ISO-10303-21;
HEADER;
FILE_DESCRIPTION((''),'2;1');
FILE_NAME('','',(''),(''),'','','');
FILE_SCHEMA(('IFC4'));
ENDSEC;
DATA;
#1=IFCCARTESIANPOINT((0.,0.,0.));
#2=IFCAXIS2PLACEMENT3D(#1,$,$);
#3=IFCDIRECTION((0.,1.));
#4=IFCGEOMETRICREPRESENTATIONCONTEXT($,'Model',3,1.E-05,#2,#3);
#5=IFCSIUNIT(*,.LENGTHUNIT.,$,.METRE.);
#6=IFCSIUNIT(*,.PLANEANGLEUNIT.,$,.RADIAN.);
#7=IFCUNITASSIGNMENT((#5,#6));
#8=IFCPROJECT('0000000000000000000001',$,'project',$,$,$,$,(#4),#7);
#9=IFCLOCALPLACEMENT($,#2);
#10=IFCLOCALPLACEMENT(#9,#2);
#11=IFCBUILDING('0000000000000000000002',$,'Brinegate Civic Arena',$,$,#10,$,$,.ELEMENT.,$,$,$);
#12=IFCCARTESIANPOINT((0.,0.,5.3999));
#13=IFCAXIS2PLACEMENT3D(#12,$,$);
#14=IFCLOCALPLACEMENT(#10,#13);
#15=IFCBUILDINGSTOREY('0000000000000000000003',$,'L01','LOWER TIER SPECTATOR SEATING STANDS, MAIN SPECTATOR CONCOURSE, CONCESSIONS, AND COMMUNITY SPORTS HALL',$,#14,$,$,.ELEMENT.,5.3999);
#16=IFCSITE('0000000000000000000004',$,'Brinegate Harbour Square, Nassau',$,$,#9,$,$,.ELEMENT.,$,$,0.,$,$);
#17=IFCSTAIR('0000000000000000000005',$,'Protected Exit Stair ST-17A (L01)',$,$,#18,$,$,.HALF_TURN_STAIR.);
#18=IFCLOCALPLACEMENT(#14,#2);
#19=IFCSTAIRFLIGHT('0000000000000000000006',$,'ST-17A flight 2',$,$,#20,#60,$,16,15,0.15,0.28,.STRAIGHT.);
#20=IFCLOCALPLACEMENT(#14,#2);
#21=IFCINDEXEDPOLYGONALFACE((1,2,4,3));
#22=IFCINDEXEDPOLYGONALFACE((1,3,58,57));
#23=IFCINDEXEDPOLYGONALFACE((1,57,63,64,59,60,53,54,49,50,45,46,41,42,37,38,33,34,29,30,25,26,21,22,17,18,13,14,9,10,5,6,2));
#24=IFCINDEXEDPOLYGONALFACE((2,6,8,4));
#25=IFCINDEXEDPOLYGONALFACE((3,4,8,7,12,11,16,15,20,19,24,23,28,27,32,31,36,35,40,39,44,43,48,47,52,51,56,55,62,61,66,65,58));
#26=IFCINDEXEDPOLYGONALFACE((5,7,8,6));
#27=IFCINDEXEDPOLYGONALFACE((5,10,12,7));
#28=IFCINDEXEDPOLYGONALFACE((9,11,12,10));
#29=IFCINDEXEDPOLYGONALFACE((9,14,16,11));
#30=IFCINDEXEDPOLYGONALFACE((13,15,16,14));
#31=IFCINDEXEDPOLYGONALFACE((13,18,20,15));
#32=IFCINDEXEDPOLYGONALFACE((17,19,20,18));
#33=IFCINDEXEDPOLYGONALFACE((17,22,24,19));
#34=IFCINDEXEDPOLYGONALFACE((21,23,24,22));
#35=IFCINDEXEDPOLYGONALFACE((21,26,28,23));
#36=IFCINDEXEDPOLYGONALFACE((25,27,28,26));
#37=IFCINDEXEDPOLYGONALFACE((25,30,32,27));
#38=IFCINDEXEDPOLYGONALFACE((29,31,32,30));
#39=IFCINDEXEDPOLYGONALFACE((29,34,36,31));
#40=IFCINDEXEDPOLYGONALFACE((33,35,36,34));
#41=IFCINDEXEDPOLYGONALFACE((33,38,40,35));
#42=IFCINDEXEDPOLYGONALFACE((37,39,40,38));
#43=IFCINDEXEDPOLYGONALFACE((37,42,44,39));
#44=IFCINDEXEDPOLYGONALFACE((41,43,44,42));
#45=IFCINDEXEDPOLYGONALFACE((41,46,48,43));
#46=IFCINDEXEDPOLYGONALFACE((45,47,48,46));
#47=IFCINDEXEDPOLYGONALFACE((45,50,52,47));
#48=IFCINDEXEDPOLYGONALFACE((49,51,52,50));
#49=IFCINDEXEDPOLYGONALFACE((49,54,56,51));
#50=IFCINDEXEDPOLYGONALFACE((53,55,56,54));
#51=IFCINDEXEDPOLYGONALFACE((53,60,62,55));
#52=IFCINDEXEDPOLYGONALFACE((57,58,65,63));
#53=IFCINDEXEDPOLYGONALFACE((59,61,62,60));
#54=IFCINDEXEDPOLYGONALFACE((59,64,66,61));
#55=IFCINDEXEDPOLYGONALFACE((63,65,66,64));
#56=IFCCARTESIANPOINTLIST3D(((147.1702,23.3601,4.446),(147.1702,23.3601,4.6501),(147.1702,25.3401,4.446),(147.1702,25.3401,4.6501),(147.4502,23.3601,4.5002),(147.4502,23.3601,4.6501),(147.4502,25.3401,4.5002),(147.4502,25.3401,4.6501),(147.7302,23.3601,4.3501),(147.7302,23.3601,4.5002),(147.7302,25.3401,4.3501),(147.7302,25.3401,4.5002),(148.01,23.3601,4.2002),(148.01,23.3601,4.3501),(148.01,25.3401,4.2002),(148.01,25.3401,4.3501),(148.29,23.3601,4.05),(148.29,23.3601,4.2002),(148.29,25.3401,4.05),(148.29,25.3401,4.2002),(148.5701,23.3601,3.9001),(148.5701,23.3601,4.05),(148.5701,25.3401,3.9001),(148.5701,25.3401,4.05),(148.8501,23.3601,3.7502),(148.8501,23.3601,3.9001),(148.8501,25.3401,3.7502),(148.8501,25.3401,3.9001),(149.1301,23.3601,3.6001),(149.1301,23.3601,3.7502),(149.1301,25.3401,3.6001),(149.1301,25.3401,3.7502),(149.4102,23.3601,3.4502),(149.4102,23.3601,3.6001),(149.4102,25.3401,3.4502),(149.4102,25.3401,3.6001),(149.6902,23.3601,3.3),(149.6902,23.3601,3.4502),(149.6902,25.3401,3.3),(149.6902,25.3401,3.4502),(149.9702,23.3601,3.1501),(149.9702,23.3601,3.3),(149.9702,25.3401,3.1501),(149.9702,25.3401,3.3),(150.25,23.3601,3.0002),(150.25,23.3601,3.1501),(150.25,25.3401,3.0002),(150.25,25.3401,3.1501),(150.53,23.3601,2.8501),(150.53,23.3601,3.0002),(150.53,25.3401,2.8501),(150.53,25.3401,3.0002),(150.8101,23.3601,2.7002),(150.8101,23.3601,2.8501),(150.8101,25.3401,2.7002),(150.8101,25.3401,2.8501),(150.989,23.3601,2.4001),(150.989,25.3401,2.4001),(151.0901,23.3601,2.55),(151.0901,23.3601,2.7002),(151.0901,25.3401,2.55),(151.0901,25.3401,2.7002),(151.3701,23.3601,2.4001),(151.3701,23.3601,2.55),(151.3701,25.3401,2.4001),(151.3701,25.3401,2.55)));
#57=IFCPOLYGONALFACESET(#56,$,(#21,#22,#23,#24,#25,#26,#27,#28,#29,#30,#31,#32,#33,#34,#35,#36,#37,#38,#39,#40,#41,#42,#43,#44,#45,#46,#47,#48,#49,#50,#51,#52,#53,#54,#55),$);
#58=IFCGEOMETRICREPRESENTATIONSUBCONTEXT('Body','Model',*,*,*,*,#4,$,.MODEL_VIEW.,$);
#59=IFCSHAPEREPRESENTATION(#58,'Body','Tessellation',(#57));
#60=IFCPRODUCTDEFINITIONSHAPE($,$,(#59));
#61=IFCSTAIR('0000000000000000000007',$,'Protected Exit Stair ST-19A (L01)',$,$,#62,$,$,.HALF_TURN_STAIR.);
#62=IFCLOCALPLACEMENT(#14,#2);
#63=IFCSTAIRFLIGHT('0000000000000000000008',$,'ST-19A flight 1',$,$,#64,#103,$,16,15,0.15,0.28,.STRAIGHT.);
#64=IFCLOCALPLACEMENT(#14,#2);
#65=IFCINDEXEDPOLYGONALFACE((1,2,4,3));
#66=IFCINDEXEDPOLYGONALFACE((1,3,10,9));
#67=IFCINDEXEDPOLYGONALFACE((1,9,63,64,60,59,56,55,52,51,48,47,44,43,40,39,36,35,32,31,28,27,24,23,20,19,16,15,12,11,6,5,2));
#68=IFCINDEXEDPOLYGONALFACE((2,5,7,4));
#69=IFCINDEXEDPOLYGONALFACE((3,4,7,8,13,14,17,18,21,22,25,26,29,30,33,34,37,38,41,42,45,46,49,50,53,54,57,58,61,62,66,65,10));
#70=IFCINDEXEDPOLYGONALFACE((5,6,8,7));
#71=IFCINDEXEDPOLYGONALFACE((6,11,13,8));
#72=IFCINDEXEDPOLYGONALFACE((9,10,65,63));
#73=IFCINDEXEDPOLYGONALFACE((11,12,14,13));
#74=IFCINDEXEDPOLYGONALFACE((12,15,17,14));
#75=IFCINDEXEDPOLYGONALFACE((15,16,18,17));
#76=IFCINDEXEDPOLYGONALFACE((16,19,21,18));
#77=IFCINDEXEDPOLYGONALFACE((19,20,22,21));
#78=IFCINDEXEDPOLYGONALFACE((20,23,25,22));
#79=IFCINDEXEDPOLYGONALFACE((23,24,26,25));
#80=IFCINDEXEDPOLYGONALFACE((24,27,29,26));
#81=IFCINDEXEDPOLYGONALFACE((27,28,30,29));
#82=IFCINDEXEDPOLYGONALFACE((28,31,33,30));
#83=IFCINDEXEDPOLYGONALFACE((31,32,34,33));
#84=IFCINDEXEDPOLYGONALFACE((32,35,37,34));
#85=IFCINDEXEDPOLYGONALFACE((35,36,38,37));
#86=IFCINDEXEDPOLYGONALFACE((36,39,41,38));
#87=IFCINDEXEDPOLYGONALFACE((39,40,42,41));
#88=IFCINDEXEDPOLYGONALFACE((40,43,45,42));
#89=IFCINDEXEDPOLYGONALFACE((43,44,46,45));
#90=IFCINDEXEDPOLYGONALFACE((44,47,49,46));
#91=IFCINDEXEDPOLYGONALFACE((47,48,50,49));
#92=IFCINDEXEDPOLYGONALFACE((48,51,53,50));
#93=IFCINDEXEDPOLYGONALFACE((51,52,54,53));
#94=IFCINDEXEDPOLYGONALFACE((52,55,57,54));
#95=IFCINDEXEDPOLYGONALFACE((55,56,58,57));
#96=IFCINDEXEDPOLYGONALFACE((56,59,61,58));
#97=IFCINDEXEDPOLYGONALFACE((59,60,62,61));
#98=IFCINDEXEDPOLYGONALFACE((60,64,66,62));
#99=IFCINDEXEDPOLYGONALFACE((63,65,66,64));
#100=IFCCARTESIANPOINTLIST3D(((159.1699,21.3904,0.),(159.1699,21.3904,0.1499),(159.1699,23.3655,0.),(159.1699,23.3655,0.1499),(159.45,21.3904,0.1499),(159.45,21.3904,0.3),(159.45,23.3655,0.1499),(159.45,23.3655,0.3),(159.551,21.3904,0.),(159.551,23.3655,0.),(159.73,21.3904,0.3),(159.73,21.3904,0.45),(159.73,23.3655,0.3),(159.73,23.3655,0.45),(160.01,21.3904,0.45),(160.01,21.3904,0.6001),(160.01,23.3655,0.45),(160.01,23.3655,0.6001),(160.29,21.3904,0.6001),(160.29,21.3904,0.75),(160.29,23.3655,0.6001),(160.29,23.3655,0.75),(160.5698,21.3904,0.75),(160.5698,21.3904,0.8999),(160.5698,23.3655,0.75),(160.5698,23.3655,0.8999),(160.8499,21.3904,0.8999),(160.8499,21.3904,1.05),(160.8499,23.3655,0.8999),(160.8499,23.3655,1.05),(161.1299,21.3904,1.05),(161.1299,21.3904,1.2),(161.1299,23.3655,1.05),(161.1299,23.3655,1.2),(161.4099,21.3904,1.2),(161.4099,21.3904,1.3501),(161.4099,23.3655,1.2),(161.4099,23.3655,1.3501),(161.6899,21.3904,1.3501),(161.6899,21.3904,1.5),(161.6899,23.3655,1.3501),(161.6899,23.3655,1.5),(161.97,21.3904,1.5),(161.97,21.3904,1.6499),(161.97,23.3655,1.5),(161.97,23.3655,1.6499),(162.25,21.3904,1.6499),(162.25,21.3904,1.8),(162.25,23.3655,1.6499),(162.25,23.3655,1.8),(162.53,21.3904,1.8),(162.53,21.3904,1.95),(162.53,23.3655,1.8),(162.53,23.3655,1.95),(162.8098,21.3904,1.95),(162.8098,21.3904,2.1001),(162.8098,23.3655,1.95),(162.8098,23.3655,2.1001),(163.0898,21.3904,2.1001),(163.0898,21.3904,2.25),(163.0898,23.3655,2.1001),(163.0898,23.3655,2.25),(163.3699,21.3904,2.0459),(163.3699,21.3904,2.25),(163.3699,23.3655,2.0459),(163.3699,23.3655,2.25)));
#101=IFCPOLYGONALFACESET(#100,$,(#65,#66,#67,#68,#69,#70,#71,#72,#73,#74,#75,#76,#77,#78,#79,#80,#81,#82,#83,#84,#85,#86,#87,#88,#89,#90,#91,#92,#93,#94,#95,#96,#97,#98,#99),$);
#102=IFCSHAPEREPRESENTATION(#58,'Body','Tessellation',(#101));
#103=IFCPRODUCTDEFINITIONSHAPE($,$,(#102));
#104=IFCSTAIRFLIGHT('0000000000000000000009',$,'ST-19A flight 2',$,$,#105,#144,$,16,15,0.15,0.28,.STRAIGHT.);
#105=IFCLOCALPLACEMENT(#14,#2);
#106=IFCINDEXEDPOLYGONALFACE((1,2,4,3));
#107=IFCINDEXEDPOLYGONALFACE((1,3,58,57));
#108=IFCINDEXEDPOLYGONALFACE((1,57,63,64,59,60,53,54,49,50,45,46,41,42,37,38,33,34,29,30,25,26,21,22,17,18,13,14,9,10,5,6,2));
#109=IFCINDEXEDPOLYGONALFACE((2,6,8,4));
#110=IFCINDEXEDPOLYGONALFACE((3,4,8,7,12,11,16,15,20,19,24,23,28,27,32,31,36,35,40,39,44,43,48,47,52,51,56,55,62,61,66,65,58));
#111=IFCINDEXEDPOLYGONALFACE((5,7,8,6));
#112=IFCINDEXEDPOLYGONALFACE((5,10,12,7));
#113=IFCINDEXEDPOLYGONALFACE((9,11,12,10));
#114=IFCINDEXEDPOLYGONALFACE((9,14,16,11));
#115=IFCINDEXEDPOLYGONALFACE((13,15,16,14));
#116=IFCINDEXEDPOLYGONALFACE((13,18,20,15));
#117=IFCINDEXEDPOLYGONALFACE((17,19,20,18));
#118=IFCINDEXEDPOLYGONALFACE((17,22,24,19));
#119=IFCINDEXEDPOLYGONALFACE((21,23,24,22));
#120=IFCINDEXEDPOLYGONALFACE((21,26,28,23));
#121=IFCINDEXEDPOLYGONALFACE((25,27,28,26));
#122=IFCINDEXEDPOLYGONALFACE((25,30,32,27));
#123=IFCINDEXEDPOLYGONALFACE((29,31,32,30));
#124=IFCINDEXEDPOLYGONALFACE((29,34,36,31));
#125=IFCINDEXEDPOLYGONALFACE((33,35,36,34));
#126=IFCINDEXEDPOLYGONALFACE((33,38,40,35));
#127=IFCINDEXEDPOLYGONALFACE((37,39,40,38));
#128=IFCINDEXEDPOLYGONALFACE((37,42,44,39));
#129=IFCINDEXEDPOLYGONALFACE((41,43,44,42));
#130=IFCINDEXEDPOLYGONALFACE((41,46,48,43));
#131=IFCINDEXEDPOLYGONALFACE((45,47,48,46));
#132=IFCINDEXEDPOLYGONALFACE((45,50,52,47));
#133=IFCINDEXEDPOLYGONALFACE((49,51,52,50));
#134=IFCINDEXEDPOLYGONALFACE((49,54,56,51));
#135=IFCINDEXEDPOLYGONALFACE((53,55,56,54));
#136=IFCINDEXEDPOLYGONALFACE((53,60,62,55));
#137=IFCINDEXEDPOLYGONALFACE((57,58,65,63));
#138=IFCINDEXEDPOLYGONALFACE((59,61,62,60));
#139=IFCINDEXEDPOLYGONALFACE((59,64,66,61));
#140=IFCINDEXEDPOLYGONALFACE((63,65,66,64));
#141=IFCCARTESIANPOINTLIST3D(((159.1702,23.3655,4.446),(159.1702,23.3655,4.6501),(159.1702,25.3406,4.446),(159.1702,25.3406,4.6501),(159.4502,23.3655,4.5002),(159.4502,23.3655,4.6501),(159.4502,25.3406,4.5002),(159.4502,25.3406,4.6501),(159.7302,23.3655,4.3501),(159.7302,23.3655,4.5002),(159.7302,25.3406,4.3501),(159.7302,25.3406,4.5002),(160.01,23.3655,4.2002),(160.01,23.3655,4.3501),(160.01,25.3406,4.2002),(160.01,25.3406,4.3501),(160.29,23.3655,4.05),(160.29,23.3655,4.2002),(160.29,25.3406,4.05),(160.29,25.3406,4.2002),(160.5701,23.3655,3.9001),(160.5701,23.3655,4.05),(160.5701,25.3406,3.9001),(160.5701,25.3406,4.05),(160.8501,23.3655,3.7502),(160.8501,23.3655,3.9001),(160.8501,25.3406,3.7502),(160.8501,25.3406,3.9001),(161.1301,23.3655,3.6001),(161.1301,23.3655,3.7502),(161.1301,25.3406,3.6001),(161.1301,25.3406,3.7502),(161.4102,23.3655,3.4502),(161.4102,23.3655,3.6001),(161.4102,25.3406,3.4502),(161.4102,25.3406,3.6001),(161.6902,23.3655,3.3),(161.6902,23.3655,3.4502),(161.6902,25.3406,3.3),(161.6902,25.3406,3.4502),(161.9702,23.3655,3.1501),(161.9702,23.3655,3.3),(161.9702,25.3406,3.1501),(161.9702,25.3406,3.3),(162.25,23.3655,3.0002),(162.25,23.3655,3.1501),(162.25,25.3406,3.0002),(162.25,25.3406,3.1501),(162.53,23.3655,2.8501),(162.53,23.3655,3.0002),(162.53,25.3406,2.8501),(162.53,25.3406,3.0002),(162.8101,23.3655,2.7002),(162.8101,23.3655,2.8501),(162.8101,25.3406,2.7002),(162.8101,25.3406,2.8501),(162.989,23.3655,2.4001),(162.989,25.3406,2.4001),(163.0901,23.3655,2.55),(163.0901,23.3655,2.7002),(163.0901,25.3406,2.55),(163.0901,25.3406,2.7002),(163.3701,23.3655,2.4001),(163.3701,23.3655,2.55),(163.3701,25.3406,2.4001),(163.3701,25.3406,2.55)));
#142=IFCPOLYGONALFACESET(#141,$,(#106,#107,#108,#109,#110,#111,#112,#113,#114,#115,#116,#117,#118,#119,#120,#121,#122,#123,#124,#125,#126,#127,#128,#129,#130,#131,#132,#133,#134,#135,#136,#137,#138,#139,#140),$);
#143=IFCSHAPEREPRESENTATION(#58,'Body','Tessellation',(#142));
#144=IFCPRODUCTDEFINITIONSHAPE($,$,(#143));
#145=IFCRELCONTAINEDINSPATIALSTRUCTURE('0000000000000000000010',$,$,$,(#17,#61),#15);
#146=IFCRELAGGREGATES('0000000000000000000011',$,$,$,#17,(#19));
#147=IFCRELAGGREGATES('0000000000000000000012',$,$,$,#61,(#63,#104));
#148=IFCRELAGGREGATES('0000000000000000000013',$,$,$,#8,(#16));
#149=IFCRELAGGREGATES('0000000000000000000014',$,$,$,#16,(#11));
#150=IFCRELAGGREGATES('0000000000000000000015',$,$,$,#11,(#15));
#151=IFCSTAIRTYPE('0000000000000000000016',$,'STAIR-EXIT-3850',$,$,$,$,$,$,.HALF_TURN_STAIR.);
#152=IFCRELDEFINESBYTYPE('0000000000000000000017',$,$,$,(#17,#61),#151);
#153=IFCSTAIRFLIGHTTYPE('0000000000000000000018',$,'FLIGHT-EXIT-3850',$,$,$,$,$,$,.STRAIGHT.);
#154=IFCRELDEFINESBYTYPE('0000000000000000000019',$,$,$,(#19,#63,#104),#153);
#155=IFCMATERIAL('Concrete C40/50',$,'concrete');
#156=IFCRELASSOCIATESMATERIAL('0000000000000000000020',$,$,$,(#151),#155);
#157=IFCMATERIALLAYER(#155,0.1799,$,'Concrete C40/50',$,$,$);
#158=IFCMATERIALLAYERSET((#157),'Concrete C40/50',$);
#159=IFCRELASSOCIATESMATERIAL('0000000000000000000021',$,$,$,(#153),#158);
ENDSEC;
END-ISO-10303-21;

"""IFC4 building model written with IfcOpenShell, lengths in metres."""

from ifc_helpers import new_model, si_unit, direction, frame, origin, place, context, subcontext, project, spatial, polyline, outline, extrude, material, layer, layer_set, type_object, element, aggregate, save


model = new_model("IFC4")

# Units and contexts
model_context = context("Model", 3, precision=1e-05, world=origin(), true_north=direction((0.0, 1.0)))
body_context = subcontext(model_context, "Body", "Model", "MODEL_VIEW")
ifc_project = project(units=[si_unit("LENGTHUNIT", "METRE"), si_unit("PLANEANGLEUNIT", "RADIAN")], contexts=[model_context])

# Site, building, storey
site_placement = place(None, origin())
site = spatial("IfcSite", under=ifc_project, at=site_placement, Name="Brinegate Harbour Square, Nassau", CompositionType="ELEMENT", RefElevation=0.0)
building_placement = place(site_placement, origin())
building = spatial("IfcBuilding", under=site, at=building_placement, Name="Brinegate Civic Arena", CompositionType="ELEMENT")
storey_placement = place(building_placement, frame((0.0, 0.0, 5.3999)))
storey = spatial("IfcBuildingStorey", under=building, at=storey_placement, Name="L01", Description="LOWER TIER SPECTATOR SEATING STANDS, MAIN SPECTATOR CONCOURSE, CONCESSIONS, AND COMMUNITY SPORTS HALL", CompositionType="ELEMENT", Elevation=5.3999)

# Shared definitions
ifc_material_1 = material(Name="Concrete C40/50", Category="concrete")

# Stairs, stair flights
stair_type_1 = type_object("IfcStairType", Name="STAIR-EXIT-3850", PredefinedType="HALF_TURN_STAIR", material=ifc_material_1)
stair_1_placement = place(storey_placement, origin())
stair_1 = element("IfcStair", 1, at=stair_1_placement, inside=storey, type_object=stair_type_1, Name="Protected Exit Stair ST-17A (L01)", PredefinedType="HALF_TURN_STAIR")
ifc_layer_1 = layer(ifc_material_1, 0.1799, Name="Concrete C40/50")
ifc_layer_set_1 = layer_set([ifc_layer_1], Name="Concrete C40/50")
stair_flight_type_1 = type_object("IfcStairFlightType", Name="FLIGHT-EXIT-3850", PredefinedType="STRAIGHT", material=ifc_layer_set_1)
stair_flight_1_placement = place(storey_placement, frame((151.3701, 24.3501, 2.4001), z_axis=(0.0, 0.0, 1.0), x_axis=(-1.0, 0.0, 0.0)))
stair_flight_1 = element("IfcStairFlight", 2, at=stair_flight_1_placement, type_object=stair_flight_type_1, Name="ST-17A flight 2", NumberOfRisers=16, NumberOfTreads=15, PredefinedType="STRAIGHT", RiserHeight=0.15, TreadLength=0.28, context=body_context, shape_type="SweptSolid", body=[
    extrude(outline(polyline([(0.0, 0.0), (0.0, 0.1499), (0.28, 0.1499), (0.28, 0.3), (0.5601, 0.3), (0.5601, 0.45), (0.8401, 0.45), (0.8401, 0.6001), (1.1201, 0.6001), (1.1201, 0.75), (1.3999, 0.75), (1.3999, 0.8999), (1.6799, 0.8999), (1.6799, 1.05), (1.96, 1.05), (1.96, 1.2), (2.24, 1.2), (2.24, 1.3501), (2.52, 1.3501), (2.52, 1.5), (2.8, 1.5), (2.8, 1.6499), (3.0801, 1.6499), (3.0801, 1.8), (3.3601, 1.8), (3.3601, 1.95), (3.6399, 1.95), (3.6399, 2.1001), (3.9199, 2.1001), (3.9199, 2.25), (4.2, 2.25), (4.2, 2.3999), (4.2, 2.0459), (0.3811, 0.0), (0.0, 0.0)])), frame((0.0, 0.99, 0.0), z_axis=(0.0, -1.0, 0.0), x_axis=(1.0, 0.0, 0.0)), (0.0, 0.0, 1.0), 1.98),
])
aggregate(stair_1, [stair_flight_1])
stair_2_placement = place(storey_placement, origin())
stair_2 = element("IfcStair", 3, at=stair_2_placement, inside=storey, type_object=stair_type_1, Name="Protected Exit Stair ST-19A (L01)", PredefinedType="HALF_TURN_STAIR")
stair_flight_2_placement = place(storey_placement, frame((159.1699, 22.3779, 0.0), z_axis=(0.0, 0.0, 1.0), x_axis=(1.0, 0.0, 0.0)))
stair_flight_2 = element("IfcStairFlight", 4, at=stair_flight_2_placement, type_object=stair_flight_type_1, Name="ST-19A flight 1", NumberOfRisers=16, NumberOfTreads=15, PredefinedType="STRAIGHT", RiserHeight=0.15, TreadLength=0.28, context=body_context, shape_type="SweptSolid", body=[
    extrude(outline(polyline([(0.0, 0.0), (0.0, 0.1499), (0.28, 0.1499), (0.28, 0.3), (0.5601, 0.3), (0.5601, 0.45), (0.8401, 0.45), (0.8401, 0.6001), (1.1201, 0.6001), (1.1201, 0.75), (1.3999, 0.75), (1.3999, 0.8999), (1.6799, 0.8999), (1.6799, 1.05), (1.96, 1.05), (1.96, 1.2), (2.24, 1.2), (2.24, 1.3501), (2.52, 1.3501), (2.52, 1.5), (2.8, 1.5), (2.8, 1.6499), (3.0801, 1.6499), (3.0801, 1.8), (3.3601, 1.8), (3.3601, 1.95), (3.6399, 1.95), (3.6399, 2.1001), (3.9199, 2.1001), (3.9199, 2.25), (4.2, 2.25), (4.2, 2.3999), (4.2, 2.0459), (0.3811, 0.0), (0.0, 0.0)])), frame((0.0, 0.9875, 0.0), z_axis=(0.0, -1.0, 0.0), x_axis=(1.0, 0.0, 0.0)), (0.0, 0.0, 1.0), 1.9751),
])
stair_flight_3_placement = place(storey_placement, frame((163.3701, 24.353, 2.4001), z_axis=(0.0, 0.0, 1.0), x_axis=(-1.0, 0.0, 0.0)))
stair_flight_3 = element("IfcStairFlight", 5, at=stair_flight_3_placement, type_object=stair_flight_type_1, Name="ST-19A flight 2", NumberOfRisers=16, NumberOfTreads=15, PredefinedType="STRAIGHT", RiserHeight=0.15, TreadLength=0.28, context=body_context, shape_type="SweptSolid", body=[
    extrude(outline(polyline([(0.0, 0.0), (0.0, 0.1499), (0.28, 0.1499), (0.28, 0.3), (0.5601, 0.3), (0.5601, 0.45), (0.8401, 0.45), (0.8401, 0.6001), (1.1201, 0.6001), (1.1201, 0.75), (1.3999, 0.75), (1.3999, 0.8999), (1.6799, 0.8999), (1.6799, 1.05), (1.96, 1.05), (1.96, 1.2), (2.24, 1.2), (2.24, 1.3501), (2.52, 1.3501), (2.52, 1.5), (2.8, 1.5), (2.8, 1.6499), (3.0801, 1.6499), (3.0801, 1.8), (3.3601, 1.8), (3.3601, 1.95), (3.6399, 1.95), (3.6399, 2.1001), (3.9199, 2.1001), (3.9199, 2.25), (4.2, 2.25), (4.2, 2.3999), (4.2, 2.0459), (0.3811, 0.0), (0.0, 0.0)])), frame((0.0, 0.9875, 0.0), z_axis=(0.0, -1.0, 0.0), x_axis=(1.0, 0.0, 0.0)), (0.0, 0.0, 1.0), 1.9751),
])
aggregate(stair_2, [stair_flight_2, stair_flight_3])

save(model, "model.ifc")
